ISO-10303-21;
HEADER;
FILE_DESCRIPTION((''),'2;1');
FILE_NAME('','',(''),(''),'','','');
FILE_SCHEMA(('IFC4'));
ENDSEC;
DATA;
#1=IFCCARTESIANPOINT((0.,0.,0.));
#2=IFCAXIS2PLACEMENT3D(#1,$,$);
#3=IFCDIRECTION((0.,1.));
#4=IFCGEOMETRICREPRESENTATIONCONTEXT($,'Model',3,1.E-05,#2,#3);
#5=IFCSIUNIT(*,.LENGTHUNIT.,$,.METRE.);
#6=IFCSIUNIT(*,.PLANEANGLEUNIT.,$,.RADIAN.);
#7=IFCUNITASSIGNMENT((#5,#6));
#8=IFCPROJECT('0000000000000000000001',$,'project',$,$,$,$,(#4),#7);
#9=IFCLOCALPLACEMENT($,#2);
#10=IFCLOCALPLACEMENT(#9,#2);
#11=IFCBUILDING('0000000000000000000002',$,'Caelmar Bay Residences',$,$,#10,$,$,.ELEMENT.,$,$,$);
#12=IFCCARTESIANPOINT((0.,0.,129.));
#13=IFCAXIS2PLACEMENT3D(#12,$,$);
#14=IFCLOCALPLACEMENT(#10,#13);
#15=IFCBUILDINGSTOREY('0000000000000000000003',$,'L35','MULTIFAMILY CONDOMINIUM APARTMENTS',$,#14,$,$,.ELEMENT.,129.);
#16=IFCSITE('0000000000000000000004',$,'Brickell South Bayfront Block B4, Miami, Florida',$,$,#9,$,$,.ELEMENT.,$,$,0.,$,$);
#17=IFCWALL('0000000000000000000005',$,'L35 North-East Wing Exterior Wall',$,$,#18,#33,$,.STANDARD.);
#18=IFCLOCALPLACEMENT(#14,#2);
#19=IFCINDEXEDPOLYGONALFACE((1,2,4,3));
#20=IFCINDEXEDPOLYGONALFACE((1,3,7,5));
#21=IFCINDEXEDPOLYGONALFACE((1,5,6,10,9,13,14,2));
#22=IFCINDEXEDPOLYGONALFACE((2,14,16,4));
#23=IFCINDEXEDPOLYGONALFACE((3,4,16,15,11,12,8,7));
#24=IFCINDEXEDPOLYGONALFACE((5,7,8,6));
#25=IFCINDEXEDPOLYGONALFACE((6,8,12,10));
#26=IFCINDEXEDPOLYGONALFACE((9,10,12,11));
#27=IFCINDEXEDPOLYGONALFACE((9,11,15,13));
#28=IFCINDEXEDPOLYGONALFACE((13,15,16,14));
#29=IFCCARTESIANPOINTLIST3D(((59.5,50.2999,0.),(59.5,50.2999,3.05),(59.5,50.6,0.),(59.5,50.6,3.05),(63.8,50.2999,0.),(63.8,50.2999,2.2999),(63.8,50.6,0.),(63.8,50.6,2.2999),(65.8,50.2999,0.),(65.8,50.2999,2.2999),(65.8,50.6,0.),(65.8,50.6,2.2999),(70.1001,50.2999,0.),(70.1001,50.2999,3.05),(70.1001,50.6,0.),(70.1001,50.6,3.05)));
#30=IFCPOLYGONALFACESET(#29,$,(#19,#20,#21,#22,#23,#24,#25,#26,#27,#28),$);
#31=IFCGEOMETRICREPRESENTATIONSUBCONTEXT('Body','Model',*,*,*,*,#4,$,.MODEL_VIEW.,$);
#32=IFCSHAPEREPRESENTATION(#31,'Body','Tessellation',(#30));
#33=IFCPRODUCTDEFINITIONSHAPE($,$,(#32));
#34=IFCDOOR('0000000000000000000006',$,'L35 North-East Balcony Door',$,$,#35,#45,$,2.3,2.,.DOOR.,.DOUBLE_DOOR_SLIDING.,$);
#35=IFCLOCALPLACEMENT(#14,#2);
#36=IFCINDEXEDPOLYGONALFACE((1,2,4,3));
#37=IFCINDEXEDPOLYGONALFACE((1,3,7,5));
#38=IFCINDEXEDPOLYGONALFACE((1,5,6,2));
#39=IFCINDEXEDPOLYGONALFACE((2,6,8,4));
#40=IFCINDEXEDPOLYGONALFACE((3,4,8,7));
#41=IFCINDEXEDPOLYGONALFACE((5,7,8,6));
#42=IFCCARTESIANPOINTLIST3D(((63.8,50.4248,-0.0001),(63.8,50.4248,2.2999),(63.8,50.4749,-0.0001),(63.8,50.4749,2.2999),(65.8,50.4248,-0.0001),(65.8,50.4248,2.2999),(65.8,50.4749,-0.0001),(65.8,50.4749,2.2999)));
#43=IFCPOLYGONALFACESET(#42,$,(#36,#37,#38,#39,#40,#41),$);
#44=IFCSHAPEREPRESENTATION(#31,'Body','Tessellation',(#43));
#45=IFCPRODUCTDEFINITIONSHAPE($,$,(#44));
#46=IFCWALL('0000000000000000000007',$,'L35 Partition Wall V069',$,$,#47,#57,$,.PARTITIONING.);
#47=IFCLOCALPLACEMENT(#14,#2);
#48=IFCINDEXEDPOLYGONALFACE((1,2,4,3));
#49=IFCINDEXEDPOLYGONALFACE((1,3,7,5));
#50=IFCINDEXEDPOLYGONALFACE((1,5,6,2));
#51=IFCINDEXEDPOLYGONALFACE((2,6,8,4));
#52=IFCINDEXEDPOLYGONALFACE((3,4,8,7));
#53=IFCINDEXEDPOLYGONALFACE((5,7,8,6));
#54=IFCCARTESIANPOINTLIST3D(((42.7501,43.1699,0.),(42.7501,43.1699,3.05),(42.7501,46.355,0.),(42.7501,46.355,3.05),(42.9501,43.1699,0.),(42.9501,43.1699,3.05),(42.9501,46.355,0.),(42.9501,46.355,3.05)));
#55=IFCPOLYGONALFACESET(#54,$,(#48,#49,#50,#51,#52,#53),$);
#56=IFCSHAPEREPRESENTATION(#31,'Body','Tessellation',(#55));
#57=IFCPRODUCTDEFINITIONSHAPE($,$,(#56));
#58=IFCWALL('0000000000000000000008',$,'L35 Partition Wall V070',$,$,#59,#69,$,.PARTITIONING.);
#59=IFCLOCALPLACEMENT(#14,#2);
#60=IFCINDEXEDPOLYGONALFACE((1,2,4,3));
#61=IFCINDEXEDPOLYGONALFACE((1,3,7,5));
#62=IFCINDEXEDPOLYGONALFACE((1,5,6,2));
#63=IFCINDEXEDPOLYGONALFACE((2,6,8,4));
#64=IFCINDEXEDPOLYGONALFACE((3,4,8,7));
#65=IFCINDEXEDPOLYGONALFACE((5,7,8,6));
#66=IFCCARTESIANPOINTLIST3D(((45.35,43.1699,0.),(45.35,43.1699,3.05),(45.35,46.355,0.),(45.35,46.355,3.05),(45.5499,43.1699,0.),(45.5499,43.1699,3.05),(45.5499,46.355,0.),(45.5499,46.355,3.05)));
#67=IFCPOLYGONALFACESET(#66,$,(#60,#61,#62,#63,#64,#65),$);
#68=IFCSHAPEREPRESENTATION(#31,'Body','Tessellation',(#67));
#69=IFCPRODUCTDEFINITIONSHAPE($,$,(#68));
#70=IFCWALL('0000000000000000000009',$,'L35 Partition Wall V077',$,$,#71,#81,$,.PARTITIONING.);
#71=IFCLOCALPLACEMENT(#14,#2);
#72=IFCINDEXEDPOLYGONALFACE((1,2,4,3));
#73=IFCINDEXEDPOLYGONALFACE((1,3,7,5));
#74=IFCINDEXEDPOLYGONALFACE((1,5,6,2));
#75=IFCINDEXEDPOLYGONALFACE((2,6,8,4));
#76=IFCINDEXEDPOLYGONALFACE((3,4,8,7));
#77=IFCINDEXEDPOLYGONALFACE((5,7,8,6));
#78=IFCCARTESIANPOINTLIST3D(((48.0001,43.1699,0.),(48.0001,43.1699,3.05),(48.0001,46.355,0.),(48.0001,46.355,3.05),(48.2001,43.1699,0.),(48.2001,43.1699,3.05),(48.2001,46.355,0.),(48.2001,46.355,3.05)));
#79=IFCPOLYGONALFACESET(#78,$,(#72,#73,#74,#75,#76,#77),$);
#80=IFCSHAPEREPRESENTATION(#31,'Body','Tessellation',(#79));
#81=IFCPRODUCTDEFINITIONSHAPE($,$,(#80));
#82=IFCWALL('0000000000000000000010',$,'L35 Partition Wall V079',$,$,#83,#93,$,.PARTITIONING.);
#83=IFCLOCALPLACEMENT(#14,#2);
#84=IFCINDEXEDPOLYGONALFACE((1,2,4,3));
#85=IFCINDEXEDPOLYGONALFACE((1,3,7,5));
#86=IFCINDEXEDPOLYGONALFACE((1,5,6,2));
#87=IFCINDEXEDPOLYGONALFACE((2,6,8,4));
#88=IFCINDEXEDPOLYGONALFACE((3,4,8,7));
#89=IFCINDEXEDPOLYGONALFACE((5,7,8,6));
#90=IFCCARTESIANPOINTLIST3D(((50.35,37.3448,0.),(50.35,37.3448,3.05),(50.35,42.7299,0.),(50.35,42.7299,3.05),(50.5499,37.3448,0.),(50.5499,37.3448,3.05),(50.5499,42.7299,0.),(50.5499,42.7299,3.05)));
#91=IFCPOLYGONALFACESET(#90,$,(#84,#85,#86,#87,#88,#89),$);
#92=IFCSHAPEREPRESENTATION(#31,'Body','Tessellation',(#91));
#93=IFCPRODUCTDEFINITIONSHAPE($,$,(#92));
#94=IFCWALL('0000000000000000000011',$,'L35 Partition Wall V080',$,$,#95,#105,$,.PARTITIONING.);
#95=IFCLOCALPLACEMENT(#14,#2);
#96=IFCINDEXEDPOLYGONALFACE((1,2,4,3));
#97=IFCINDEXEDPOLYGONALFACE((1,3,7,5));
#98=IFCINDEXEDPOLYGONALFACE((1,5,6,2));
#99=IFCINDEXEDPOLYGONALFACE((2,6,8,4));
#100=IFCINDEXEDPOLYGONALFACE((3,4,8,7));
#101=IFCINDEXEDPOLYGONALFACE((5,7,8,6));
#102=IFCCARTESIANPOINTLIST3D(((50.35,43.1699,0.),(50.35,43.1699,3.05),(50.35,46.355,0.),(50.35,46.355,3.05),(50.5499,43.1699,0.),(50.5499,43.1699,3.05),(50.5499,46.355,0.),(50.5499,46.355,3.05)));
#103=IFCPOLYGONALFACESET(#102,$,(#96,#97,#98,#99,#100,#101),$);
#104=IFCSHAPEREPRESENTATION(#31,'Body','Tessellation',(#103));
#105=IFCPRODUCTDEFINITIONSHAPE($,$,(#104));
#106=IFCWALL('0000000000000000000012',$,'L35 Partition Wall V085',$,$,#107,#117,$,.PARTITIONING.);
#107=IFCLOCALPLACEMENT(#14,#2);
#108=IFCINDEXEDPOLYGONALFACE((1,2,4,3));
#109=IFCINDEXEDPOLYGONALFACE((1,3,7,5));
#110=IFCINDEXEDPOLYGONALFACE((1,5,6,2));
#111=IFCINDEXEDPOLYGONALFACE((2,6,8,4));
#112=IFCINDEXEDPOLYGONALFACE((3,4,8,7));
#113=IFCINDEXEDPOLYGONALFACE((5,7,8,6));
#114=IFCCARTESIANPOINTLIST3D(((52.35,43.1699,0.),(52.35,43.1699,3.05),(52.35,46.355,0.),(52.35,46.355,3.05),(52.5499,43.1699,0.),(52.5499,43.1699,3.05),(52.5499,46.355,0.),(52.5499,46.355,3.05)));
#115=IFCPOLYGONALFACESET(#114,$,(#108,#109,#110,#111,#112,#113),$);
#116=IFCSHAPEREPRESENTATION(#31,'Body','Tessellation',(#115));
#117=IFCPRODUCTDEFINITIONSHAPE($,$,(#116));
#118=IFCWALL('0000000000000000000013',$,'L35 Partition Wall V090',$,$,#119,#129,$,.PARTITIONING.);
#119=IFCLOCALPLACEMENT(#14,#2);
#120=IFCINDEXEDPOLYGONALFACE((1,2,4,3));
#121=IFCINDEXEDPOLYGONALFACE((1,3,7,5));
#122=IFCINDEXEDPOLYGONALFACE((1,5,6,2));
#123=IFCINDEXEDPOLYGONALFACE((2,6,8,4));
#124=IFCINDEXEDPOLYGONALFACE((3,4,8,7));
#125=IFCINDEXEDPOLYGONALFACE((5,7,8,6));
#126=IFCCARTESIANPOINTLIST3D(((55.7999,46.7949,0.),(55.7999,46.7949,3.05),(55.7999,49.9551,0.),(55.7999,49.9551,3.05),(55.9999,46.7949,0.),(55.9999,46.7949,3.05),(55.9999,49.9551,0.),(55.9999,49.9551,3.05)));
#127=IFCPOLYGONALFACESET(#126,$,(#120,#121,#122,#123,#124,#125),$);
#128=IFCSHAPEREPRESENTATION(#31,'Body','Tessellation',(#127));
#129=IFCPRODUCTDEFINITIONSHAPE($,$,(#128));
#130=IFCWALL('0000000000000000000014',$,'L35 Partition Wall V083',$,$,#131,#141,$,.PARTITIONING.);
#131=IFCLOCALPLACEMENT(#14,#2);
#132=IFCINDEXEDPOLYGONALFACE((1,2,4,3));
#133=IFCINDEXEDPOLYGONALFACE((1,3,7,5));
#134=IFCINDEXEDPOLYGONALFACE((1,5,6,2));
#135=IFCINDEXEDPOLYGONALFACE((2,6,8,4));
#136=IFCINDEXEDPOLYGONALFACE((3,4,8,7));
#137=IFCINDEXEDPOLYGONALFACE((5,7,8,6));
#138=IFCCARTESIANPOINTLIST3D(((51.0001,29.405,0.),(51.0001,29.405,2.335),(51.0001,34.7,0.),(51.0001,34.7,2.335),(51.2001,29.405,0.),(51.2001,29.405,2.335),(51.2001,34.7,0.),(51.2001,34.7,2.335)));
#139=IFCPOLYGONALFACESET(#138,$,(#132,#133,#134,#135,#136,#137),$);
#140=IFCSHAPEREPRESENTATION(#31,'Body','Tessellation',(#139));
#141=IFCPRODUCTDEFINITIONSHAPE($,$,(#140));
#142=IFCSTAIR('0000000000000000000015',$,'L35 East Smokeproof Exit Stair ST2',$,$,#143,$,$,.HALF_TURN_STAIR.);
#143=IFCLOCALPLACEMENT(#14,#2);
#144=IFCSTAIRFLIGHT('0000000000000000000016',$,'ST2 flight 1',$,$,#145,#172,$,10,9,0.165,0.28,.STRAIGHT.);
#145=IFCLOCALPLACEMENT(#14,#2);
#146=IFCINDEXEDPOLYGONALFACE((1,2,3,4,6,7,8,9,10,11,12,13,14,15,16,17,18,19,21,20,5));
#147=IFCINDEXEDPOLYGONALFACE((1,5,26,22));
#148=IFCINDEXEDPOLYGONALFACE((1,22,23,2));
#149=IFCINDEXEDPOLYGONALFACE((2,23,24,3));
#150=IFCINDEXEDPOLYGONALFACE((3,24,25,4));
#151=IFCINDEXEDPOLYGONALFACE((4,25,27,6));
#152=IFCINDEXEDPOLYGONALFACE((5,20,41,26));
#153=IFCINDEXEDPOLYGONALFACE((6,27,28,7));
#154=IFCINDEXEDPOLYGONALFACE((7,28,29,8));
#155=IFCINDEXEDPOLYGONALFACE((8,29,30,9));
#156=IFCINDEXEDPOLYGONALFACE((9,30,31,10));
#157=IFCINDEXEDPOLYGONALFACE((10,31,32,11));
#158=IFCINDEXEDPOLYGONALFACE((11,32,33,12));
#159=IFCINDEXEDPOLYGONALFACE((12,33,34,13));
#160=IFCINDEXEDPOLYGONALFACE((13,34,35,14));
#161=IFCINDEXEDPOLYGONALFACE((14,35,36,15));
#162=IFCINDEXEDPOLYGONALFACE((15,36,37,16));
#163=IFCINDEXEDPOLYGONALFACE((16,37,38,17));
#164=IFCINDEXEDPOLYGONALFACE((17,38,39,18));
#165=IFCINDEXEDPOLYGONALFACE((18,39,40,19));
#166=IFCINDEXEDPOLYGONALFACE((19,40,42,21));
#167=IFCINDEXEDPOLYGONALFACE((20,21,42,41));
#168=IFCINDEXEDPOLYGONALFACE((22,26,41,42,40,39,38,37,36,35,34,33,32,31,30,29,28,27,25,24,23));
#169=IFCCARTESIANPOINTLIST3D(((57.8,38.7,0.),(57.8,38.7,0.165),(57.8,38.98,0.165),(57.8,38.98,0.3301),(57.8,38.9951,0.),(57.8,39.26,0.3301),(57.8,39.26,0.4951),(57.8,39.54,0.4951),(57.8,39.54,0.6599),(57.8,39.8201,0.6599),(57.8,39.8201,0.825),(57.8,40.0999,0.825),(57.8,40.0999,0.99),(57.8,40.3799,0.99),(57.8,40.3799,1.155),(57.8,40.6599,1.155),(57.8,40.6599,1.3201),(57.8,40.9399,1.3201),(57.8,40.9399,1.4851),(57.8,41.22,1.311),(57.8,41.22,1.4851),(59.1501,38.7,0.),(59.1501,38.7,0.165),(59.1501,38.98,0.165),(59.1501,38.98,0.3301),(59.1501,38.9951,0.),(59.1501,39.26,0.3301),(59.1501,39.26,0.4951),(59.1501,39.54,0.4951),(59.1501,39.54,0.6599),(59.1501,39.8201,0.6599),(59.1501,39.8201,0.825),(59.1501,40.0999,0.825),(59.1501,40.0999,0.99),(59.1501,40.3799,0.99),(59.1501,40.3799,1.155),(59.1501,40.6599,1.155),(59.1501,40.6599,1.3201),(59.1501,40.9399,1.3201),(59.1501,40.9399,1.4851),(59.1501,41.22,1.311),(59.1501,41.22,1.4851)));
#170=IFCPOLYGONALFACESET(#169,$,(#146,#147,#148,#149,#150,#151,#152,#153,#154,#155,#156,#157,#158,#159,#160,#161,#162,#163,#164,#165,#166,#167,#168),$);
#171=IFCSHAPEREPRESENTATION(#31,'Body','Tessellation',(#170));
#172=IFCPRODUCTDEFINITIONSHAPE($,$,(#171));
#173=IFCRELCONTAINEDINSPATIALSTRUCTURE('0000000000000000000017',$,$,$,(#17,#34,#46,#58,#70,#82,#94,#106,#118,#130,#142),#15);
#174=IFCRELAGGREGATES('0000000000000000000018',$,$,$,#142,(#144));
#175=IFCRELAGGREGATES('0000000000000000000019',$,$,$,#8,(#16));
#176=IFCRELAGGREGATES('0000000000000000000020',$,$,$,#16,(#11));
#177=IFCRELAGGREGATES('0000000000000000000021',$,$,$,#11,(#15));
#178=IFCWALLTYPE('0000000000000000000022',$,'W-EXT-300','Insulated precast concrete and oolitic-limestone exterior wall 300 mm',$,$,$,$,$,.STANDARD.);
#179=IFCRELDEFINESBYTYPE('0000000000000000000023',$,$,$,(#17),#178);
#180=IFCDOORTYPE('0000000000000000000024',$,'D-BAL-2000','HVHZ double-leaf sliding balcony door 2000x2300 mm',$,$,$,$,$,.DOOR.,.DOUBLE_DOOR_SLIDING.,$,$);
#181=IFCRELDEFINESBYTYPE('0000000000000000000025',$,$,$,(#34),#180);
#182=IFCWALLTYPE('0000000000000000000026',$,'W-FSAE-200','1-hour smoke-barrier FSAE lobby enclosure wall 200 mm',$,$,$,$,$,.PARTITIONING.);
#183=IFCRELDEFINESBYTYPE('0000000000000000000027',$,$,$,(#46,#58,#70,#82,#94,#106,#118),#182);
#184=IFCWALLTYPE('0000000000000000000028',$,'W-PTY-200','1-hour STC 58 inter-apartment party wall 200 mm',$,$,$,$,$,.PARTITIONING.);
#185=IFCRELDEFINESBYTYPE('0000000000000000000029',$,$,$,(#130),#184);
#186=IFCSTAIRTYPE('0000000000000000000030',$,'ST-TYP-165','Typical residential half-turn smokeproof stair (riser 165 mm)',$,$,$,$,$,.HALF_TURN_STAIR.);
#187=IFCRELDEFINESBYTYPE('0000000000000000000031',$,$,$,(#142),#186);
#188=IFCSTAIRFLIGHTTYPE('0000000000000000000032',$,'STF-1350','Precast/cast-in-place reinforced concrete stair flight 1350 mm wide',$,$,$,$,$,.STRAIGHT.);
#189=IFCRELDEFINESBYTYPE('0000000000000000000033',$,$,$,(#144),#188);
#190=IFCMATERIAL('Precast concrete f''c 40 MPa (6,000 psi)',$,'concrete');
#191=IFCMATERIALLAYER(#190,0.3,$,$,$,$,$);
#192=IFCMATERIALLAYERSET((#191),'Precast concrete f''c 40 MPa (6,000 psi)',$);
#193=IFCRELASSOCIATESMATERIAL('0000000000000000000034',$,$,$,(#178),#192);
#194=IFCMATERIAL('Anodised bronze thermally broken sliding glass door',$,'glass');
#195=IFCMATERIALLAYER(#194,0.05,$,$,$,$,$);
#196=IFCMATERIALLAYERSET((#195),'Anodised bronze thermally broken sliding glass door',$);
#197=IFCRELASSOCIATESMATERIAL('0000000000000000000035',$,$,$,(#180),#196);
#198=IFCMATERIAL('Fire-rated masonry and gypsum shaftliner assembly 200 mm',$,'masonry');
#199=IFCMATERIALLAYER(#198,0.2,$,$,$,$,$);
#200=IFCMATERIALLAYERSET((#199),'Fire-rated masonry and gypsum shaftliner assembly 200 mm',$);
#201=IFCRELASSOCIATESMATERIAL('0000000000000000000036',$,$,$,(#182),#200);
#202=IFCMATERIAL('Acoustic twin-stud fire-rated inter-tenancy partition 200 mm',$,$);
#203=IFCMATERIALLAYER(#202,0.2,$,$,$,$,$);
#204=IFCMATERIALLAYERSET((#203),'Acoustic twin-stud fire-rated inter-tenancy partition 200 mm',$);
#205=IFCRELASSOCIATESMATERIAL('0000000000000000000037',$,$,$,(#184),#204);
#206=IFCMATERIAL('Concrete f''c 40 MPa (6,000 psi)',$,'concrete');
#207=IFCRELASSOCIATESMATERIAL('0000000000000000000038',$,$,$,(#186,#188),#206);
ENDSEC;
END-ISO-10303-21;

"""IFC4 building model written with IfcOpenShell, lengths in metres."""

from ifc_helpers import new_model, si_unit, direction, frame, frame_2d, origin, place, context, subcontext, project, spatial, polyline, rectangle, outline, extrude, material, layer, layer_set, type_object, element, fill, aggregate, save


model = new_model("IFC4")

# Units and contexts
model_context = context("Model", 3, precision=1e-05, world=origin(), true_north=direction((0.0, 1.0)))
body_context = subcontext(model_context, "Body", "Model", "MODEL_VIEW")
ifc_project = project(units=[si_unit("LENGTHUNIT", "METRE"), si_unit("PLANEANGLEUNIT", "RADIAN")], contexts=[model_context])

# Site, building, storey
site_placement = place(None, origin())
site = spatial("IfcSite", under=ifc_project, at=site_placement, Name="Brickell South Bayfront Block B4, Miami, Florida", CompositionType="ELEMENT", RefElevation=0.0)
building_placement = place(site_placement, origin())
building = spatial("IfcBuilding", under=site, at=building_placement, Name="Caelmar Bay Residences", CompositionType="ELEMENT")
storey_placement = place(building_placement, frame((0.0, 0.0, 129.0)))
storey = spatial("IfcBuildingStorey", under=building, at=storey_placement, Name="L35", Description="MULTIFAMILY CONDOMINIUM APARTMENTS", CompositionType="ELEMENT", Elevation=129.0)

# Wall, opening, door
ifc_material_1 = material(Name="Precast concrete f'c 40 MPa (6,000 psi)", Category="concrete")
ifc_layer_1 = layer(ifc_material_1, 0.3)
ifc_layer_set_1 = layer_set([ifc_layer_1], Name="Precast concrete f'c 40 MPa (6,000 psi)")
wall_type_1 = type_object("IfcWallType", Name="W-EXT-300", Description="Insulated precast concrete and oolitic-limestone exterior wall 300 mm", PredefinedType="STANDARD", material=ifc_layer_set_1)
wall_1_placement = place(storey_placement, frame((59.5, 50.45, 0.0), z_axis=(0.0, 0.0, 1.0), x_axis=(1.0, 0.0, 0.0)))
wall_1 = element("IfcWall", 1, at=wall_1_placement, inside=storey, type_object=wall_type_1, Name="L35 North-East Wing Exterior Wall", PredefinedType="STANDARD", context=body_context, shape_type="SweptSolid", body=[
    extrude(rectangle(XDim=10.6001, YDim=0.3, at=frame_2d((5.3, 0.0))), origin(), (0.0, 0.0, 1.0), 3.05),
])
opening_1_placement = place(wall_1_placement, frame((4.3, 0.0, 0.0)))
opening_1 = element("IfcOpeningElement", 2, at=opening_1_placement, cuts=wall_1, PredefinedType="OPENING", context=body_context, shape_type="SweptSolid", body=[
    extrude(rectangle(XDim=2.0, YDim=2.3, at=frame_2d((1.0, 1.1499))), frame((0.0, 0.1599, 0.0), z_axis=(0.0, -1.0, 0.0), x_axis=(1.0, 0.0, 0.0)), (0.0, 0.0, 1.0), 0.3201),
])
ifc_material_2 = material(Name="Anodised bronze thermally broken sliding glass door", Category="glass")
ifc_layer_2 = layer(ifc_material_2, 0.05)
ifc_layer_set_2 = layer_set([ifc_layer_2], Name="Anodised bronze thermally broken sliding glass door")
door_type_1 = type_object("IfcDoorType", Name="D-BAL-2000", Description="HVHZ double-leaf sliding balcony door 2000x2300 mm", OperationType="DOUBLE_DOOR_SLIDING", PredefinedType="DOOR", material=ifc_layer_set_2)
door_1_placement = place(opening_1_placement, origin())
door_1 = element("IfcDoor", 3, at=door_1_placement, inside=storey, type_object=door_type_1, Name="L35 North-East Balcony Door", OperationType="DOUBLE_DOOR_SLIDING", OverallHeight=2.3, OverallWidth=2.0, PredefinedType="DOOR", context=body_context, shape_type="SweptSolid", body=[
    extrude(rectangle(XDim=2.0, YDim=2.3, at=frame_2d((1.0, 1.1499))), frame((0.0, 0.0249, 0.0), z_axis=(0.0, -1.0, 0.0), x_axis=(1.0, 0.0, 0.0)), (0.0, 0.0, 1.0), 0.05),
])
fill(opening_1, door_1)

# Walls
ifc_material_3 = material(Name="Fire-rated masonry and gypsum shaftliner assembly 200 mm", Category="masonry")
ifc_layer_3 = layer(ifc_material_3, 0.2)
ifc_layer_set_3 = layer_set([ifc_layer_3], Name="Fire-rated masonry and gypsum shaftliner assembly 200 mm")
wall_type_2 = type_object("IfcWallType", Name="W-FSAE-200", Description="1-hour smoke-barrier FSAE lobby enclosure wall 200 mm", PredefinedType="PARTITIONING", material=ifc_layer_set_3)
for number, where, z_axis, x_axis, name in (
    (4, (42.8501, 43.1699, 0.0), (0.0, 0.0, 1.0), (0.0, 1.0, 0.0), "L35 Partition Wall V069"),
    (5, (45.45, 43.1699, 0.0), (0.0, 0.0, 1.0), (0.0, 1.0, 0.0), "L35 Partition Wall V070"),
    (6, (48.1001, 43.1699, 0.0), (0.0, 0.0, 1.0), (0.0, 1.0, 0.0), "L35 Partition Wall V077"),
):
    element("IfcWall", number, at=place(storey_placement, frame(where, z_axis=z_axis, x_axis=x_axis)), inside=storey, type_object=wall_type_2, Name=name, PredefinedType="PARTITIONING", context=body_context, shape_type="SweptSolid", body=[
        extrude(rectangle(XDim=3.1851, YDim=0.2, at=frame_2d((1.5925, 0.0))), origin(), (0.0, 0.0, 1.0), 3.05),
    ])
wall_2_placement = place(storey_placement, frame((50.45, 37.345, 0.0), z_axis=(0.0, 0.0, 1.0), x_axis=(0.0, 1.0, 0.0)))
element("IfcWall", 7, at=wall_2_placement, inside=storey, type_object=wall_type_2, Name="L35 Partition Wall V079", PredefinedType="PARTITIONING", context=body_context, shape_type="SweptSolid", body=[
    extrude(rectangle(XDim=5.385, YDim=0.2, at=frame_2d((2.6924, 0.0))), origin(), (0.0, 0.0, 1.0), 3.05),
])
for number, where, z_axis, x_axis, name in (
    (8, (50.45, 43.1699, 0.0), (0.0, 0.0, 1.0), (0.0, 1.0, 0.0), "L35 Partition Wall V080"),
    (9, (52.45, 43.1699, 0.0), (0.0, 0.0, 1.0), (0.0, 1.0, 0.0), "L35 Partition Wall V085"),
):
    element("IfcWall", number, at=place(storey_placement, frame(where, z_axis=z_axis, x_axis=x_axis)), inside=storey, type_object=wall_type_2, Name=name, PredefinedType="PARTITIONING", context=body_context, shape_type="SweptSolid", body=[
        extrude(rectangle(XDim=3.1851, YDim=0.2, at=frame_2d((1.5925, 0.0))), origin(), (0.0, 0.0, 1.0), 3.05),
    ])
wall_3_placement = place(storey_placement, frame((55.8999, 46.7949, 0.0), z_axis=(0.0, 0.0, 1.0), x_axis=(0.0, 1.0, 0.0)))
element("IfcWall", 10, at=wall_3_placement, inside=storey, type_object=wall_type_2, Name="L35 Partition Wall V090", PredefinedType="PARTITIONING", context=body_context, shape_type="SweptSolid", body=[
    extrude(rectangle(XDim=3.1602, YDim=0.2, at=frame_2d((1.5801, 0.0))), origin(), (0.0, 0.0, 1.0), 3.05),
])
ifc_material_4 = material(Name="Acoustic twin-stud fire-rated inter-tenancy partition 200 mm")
ifc_layer_4 = layer(ifc_material_4, 0.2)
ifc_layer_set_4 = layer_set([ifc_layer_4], Name="Acoustic twin-stud fire-rated inter-tenancy partition 200 mm")
wall_type_3 = type_object("IfcWallType", Name="W-PTY-200", Description="1-hour STC 58 inter-apartment party wall 200 mm", PredefinedType="PARTITIONING", material=ifc_layer_set_4)
wall_4_placement = place(storey_placement, frame((51.1001, 29.405, 0.0), z_axis=(0.0, 0.0, 1.0), x_axis=(0.0, 1.0, 0.0)))
element("IfcWall", 11, at=wall_4_placement, inside=storey, type_object=wall_type_3, Name="L35 Partition Wall V083", PredefinedType="PARTITIONING", context=body_context, shape_type="SweptSolid", body=[
    extrude(rectangle(XDim=5.2949, YDim=0.2, at=frame_2d((2.6475, 0.0))), origin(), (0.0, 0.0, 1.0), 2.335),
])

# Stair, stair flight
ifc_material_5 = material(Name="Concrete f'c 40 MPa (6,000 psi)", Category="concrete")
stair_type = type_object("IfcStairType", Name="ST-TYP-165", Description="Typical residential half-turn smokeproof stair (riser 165 mm)", PredefinedType="HALF_TURN_STAIR", material=ifc_material_5)
stair_placement = place(storey_placement, origin())
stair = element("IfcStair", 12, at=stair_placement, inside=storey, type_object=stair_type, Name="L35 East Smokeproof Exit Stair ST2", PredefinedType="HALF_TURN_STAIR")
stair_flight_type = type_object("IfcStairFlightType", Name="STF-1350", Description="Precast/cast-in-place reinforced concrete stair flight 1350 mm wide", PredefinedType="STRAIGHT", material=ifc_material_5)
stair_flight_1_placement = place(storey_placement, frame((58.4751, 38.7, 0.0), z_axis=(0.0, 0.0, 1.0), x_axis=(0.0, 1.0, 0.0)))
stair_flight_1 = element("IfcStairFlight", 13, at=stair_flight_1_placement, type_object=stair_flight_type, Name="ST2 flight 1", NumberOfRisers=10, NumberOfTreads=9, PredefinedType="STRAIGHT", RiserHeight=0.165, TreadLength=0.28, context=body_context, shape_type="SweptSolid", body=[
    extrude(outline(polyline([(0.0, 0.0), (0.0, 0.165), (0.28, 0.165), (0.28, 0.3301), (0.5601, 0.3301), (0.5601, 0.4951), (0.8401, 0.4951), (0.8401, 0.6599), (1.1201, 0.6599), (1.1201, 0.825), (1.3999, 0.825), (1.3999, 0.99), (1.6799, 0.99), (1.6799, 1.155), (1.96, 1.155), (1.96, 1.3201), (2.24, 1.3201), (2.24, 1.4851), (2.52, 1.4851), (2.52, 1.6499), (2.52, 1.311), (0.2952, 0.0), (0.0, 0.0)])), frame((0.0, 0.675, 0.0), z_axis=(0.0, -1.0, 0.0), x_axis=(1.0, 0.0, 0.0)), (0.0, 0.0, 1.0), 1.3501),
])
aggregate(stair, [stair_flight_1])

save(model, "model.ifc")
